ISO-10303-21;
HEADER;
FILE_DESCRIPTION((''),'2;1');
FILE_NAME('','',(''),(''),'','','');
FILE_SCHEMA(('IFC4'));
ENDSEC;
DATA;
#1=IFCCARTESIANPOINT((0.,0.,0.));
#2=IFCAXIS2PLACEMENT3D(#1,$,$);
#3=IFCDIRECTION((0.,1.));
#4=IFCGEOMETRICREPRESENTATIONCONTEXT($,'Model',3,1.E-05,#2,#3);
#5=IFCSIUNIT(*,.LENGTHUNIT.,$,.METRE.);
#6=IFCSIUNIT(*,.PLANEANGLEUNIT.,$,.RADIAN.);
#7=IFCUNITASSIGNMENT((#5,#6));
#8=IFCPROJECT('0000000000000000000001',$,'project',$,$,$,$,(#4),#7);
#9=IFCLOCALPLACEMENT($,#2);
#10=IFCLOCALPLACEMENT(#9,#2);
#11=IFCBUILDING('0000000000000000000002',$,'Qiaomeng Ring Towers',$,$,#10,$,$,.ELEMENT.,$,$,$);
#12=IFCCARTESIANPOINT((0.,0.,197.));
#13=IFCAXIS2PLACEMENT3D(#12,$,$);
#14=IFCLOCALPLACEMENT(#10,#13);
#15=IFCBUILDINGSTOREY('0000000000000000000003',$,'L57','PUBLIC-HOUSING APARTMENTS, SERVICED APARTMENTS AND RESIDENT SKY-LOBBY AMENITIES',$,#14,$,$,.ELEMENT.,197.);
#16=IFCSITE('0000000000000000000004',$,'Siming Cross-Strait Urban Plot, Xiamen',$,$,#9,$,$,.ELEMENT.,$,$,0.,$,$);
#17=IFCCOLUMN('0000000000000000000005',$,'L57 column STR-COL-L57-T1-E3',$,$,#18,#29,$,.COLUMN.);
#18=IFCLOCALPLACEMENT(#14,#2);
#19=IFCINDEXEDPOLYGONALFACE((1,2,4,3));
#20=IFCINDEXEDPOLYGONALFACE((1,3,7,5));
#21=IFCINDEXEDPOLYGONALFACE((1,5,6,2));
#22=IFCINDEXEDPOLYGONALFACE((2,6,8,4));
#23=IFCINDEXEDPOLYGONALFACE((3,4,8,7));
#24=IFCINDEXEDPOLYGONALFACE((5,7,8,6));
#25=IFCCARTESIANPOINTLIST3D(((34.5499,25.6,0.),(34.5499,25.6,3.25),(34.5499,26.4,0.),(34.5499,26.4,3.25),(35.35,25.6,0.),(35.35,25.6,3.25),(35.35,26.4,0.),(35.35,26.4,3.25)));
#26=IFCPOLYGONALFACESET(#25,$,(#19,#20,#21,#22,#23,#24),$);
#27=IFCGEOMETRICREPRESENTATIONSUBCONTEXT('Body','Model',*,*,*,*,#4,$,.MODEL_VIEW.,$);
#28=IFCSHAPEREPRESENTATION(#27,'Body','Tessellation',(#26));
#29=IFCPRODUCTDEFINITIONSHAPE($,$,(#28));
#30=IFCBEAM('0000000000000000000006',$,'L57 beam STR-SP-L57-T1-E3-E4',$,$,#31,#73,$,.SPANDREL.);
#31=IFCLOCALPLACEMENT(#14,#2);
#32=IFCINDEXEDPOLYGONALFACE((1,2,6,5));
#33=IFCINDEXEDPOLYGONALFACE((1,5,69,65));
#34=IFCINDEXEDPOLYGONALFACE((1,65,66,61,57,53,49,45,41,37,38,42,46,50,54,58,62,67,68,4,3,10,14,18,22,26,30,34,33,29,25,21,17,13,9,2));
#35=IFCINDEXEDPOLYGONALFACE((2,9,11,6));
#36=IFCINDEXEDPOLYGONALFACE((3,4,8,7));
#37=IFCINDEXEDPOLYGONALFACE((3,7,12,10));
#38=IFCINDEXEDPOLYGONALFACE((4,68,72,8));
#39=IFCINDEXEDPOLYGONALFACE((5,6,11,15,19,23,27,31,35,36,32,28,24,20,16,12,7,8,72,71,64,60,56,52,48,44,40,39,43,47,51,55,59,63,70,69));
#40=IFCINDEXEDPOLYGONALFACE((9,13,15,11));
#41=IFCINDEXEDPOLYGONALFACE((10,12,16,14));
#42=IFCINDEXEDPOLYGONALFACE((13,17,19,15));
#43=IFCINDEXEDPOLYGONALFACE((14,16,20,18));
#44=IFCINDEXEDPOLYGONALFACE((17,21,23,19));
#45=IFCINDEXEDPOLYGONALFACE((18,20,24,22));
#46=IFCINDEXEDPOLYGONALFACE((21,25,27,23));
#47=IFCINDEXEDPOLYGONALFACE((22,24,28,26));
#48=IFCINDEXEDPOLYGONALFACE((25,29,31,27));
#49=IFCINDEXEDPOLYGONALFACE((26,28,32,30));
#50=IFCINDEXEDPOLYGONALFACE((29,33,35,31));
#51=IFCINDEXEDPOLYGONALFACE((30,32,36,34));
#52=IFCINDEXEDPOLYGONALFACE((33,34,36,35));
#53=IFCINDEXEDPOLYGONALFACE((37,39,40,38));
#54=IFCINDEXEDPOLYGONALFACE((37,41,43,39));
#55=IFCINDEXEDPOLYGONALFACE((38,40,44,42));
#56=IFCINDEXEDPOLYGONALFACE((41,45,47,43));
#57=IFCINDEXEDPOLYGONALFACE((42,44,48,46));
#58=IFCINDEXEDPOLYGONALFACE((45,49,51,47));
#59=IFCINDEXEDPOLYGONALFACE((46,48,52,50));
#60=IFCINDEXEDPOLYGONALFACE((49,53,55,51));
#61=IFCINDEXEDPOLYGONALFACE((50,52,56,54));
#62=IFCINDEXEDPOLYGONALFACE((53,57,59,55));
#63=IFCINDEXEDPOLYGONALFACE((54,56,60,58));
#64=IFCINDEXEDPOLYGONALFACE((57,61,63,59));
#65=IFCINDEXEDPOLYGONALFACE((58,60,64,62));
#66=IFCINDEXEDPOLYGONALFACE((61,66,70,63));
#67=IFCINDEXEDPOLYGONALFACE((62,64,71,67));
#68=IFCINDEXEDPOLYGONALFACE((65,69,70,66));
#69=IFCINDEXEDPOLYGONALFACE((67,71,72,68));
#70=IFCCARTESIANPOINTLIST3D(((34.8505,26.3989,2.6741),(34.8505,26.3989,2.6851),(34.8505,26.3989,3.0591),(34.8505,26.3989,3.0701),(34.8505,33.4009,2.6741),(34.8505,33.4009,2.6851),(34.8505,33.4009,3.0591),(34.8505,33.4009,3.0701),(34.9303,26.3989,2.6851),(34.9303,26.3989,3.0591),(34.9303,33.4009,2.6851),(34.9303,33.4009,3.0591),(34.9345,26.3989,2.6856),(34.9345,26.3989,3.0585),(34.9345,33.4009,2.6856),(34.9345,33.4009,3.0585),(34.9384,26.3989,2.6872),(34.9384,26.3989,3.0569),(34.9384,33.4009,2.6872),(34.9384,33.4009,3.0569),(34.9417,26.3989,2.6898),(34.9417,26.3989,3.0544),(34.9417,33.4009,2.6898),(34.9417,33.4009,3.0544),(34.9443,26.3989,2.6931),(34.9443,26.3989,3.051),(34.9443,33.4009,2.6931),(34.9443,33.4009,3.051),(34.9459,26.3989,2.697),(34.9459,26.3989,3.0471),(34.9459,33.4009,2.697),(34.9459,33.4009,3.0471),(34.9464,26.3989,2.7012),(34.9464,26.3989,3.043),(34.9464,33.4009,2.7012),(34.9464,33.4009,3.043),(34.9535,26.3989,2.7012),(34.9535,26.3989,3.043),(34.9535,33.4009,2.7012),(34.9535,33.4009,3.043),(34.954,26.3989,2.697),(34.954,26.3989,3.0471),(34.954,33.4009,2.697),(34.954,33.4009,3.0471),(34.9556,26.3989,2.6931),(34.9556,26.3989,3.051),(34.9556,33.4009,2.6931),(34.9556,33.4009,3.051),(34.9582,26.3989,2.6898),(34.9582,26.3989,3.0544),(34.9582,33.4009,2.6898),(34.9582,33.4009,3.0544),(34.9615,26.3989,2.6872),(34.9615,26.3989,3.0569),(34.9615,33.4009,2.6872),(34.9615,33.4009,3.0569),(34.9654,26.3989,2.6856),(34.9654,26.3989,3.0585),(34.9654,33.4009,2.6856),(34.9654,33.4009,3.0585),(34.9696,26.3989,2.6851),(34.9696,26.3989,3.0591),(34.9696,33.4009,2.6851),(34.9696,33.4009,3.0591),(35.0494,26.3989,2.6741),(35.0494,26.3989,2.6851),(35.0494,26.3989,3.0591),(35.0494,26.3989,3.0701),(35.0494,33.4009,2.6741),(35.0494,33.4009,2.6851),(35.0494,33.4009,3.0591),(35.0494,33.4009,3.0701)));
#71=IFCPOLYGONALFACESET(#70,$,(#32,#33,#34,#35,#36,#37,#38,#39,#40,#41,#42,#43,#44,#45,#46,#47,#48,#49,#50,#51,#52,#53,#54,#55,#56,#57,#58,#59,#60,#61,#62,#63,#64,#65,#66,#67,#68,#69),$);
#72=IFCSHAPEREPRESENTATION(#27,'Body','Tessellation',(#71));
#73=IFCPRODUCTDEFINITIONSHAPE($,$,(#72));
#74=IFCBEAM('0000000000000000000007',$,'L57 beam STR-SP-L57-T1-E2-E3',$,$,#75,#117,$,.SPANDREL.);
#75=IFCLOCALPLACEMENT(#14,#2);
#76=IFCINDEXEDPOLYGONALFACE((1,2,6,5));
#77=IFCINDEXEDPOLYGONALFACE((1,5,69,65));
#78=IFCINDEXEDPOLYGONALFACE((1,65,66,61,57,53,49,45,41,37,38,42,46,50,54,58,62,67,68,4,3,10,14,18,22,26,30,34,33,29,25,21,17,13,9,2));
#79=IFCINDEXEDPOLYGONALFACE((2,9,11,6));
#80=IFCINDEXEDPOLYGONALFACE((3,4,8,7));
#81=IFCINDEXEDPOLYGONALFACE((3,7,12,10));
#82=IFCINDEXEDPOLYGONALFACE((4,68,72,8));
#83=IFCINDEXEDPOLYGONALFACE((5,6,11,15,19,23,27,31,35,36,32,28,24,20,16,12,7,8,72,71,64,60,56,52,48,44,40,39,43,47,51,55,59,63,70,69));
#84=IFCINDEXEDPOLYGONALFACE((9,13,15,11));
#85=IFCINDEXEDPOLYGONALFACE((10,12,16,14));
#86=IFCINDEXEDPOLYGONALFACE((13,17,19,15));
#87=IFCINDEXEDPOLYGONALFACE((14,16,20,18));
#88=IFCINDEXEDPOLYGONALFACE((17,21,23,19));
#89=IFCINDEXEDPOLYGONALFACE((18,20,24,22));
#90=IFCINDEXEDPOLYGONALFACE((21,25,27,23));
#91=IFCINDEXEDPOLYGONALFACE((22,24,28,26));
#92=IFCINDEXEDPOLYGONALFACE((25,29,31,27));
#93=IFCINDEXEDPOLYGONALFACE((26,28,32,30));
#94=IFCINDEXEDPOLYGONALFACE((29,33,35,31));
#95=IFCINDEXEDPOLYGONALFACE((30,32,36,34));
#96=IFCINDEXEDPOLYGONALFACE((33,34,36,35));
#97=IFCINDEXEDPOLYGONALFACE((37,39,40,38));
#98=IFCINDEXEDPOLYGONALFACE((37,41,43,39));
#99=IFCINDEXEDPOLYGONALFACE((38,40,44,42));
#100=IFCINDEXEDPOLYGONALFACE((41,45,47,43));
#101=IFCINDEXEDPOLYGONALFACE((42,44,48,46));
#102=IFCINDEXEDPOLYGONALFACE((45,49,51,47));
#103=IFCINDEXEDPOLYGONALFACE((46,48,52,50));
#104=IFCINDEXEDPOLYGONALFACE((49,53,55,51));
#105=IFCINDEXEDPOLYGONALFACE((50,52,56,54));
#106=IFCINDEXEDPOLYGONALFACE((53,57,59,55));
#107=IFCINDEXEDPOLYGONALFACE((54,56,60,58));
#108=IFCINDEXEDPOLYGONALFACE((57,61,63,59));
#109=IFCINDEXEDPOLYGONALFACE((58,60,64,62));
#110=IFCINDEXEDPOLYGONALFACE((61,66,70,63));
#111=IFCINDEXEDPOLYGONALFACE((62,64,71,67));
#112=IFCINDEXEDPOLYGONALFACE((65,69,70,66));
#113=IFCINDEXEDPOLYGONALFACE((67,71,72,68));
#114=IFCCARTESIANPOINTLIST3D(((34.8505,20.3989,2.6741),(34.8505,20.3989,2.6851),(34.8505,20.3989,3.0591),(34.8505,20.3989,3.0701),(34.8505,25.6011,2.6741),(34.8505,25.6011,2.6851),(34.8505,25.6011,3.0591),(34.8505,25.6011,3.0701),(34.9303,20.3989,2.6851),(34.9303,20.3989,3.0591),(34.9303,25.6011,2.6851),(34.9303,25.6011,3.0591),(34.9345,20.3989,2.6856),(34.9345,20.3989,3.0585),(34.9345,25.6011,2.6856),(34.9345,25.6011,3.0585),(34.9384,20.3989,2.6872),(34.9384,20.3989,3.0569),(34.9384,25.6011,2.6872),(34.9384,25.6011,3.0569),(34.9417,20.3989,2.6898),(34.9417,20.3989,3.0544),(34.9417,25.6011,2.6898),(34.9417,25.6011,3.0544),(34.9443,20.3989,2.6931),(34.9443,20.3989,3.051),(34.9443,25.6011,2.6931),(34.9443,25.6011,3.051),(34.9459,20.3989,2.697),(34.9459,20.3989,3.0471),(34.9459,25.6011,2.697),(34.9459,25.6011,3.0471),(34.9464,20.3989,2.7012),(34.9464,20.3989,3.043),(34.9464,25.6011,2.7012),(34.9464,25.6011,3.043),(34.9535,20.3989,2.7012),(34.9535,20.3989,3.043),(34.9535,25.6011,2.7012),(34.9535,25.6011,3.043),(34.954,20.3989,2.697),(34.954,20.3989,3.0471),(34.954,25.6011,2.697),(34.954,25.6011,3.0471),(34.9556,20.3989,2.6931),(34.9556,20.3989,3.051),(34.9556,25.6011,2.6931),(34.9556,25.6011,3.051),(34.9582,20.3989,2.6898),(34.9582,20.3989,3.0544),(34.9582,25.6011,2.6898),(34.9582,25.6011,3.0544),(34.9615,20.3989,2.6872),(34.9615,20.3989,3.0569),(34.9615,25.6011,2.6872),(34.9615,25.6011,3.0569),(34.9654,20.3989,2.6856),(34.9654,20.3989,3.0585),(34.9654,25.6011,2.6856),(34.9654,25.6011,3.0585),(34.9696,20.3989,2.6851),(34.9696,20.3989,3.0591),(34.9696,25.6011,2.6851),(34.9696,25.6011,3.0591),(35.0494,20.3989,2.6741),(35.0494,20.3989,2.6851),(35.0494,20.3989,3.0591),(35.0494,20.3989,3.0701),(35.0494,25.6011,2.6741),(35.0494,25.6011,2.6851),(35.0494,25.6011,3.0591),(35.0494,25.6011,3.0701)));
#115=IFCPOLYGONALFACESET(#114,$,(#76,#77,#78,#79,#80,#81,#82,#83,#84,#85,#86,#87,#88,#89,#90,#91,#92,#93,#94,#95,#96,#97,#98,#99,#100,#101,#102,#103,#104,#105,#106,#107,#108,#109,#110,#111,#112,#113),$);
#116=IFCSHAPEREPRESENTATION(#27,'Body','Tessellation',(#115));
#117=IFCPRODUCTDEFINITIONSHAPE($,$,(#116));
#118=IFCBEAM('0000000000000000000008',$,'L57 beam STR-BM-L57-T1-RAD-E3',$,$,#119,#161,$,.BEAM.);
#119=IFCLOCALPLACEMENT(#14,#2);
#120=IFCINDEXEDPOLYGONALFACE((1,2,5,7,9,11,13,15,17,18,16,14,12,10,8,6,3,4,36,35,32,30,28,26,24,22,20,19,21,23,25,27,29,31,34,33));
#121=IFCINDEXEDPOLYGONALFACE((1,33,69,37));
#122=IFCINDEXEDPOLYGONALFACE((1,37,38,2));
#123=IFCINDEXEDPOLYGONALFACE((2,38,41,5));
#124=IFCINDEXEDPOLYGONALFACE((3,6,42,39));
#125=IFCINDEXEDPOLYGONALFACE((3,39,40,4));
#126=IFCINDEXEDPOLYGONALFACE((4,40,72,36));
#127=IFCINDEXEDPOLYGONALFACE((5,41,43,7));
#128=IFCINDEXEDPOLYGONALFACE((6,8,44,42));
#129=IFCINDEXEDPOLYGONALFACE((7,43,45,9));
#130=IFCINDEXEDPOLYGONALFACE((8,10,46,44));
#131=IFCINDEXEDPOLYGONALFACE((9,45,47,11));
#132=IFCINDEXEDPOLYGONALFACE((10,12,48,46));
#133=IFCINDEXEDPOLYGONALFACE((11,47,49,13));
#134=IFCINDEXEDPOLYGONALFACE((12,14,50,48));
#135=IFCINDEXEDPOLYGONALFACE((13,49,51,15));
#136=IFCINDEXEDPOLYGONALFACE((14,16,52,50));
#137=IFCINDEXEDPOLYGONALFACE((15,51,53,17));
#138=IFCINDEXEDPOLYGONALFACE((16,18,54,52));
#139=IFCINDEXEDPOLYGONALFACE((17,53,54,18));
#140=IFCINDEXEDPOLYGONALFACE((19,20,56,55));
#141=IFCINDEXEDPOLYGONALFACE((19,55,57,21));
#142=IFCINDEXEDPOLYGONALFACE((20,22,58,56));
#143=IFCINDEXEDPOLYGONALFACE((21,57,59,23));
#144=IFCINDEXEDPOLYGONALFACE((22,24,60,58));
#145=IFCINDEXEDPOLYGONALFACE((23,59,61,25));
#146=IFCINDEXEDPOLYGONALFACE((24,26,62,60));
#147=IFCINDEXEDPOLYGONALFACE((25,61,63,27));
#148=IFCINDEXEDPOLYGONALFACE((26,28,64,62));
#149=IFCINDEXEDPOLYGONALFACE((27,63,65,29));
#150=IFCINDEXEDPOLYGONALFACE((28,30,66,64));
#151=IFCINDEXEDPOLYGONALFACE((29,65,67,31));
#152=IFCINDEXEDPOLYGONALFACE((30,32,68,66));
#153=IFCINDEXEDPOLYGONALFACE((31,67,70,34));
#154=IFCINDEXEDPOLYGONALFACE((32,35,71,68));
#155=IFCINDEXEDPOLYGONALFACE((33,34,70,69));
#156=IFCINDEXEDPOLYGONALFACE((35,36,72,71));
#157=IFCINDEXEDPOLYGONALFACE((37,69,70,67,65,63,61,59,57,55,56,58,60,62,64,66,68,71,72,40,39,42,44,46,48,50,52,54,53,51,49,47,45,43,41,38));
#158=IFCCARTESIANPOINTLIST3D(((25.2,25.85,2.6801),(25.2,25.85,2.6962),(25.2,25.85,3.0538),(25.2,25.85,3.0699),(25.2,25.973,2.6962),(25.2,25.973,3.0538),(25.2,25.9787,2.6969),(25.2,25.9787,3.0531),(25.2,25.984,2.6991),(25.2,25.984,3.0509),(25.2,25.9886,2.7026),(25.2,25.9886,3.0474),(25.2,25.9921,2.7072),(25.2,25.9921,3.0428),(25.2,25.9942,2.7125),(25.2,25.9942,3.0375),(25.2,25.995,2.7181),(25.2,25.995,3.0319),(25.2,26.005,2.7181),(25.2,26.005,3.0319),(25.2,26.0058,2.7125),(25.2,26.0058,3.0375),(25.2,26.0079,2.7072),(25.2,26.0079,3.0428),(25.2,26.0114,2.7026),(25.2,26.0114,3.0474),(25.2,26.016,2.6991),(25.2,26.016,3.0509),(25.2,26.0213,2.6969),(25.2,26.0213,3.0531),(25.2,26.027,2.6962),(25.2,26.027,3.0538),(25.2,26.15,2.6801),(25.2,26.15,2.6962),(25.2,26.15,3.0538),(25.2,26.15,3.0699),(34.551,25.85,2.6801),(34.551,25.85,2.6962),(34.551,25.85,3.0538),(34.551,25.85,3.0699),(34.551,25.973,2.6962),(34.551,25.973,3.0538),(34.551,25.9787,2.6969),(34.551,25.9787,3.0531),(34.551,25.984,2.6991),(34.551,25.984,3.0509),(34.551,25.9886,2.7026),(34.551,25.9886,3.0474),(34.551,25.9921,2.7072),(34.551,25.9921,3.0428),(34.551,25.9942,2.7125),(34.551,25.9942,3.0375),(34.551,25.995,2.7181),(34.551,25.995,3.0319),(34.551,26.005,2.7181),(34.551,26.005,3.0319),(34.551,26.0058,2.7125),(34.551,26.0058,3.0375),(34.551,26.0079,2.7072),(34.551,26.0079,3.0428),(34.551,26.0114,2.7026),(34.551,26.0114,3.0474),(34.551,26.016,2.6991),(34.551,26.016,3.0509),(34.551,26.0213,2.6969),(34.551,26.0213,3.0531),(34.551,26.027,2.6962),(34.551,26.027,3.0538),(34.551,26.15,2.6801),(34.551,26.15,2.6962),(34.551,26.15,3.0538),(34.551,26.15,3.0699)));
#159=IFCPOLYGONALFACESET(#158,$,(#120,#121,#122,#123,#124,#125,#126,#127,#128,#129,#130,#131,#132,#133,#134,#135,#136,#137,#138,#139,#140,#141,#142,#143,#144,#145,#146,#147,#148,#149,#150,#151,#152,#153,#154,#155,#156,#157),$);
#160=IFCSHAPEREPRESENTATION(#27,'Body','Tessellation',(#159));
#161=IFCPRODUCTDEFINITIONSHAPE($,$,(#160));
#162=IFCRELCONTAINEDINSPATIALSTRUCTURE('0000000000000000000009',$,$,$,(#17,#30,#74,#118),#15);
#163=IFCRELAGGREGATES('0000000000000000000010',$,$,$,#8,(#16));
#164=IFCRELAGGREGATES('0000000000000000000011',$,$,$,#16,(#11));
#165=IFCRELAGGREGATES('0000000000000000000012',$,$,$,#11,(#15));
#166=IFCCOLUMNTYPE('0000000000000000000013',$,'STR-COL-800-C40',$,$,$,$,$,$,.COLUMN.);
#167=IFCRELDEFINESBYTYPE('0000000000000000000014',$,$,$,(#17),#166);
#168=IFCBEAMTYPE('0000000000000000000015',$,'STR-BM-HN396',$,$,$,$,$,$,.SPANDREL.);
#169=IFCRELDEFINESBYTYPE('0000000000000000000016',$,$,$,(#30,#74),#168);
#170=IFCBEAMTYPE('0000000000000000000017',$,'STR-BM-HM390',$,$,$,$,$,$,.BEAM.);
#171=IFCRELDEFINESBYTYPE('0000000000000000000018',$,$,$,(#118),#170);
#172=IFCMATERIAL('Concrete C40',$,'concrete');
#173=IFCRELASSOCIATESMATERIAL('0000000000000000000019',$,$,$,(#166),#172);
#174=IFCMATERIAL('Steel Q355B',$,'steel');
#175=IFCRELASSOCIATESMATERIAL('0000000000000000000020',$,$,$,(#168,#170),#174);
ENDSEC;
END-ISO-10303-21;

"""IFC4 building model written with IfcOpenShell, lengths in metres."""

from ifc_helpers import new_model, si_unit, direction, frame, origin, origin_2d, place, context, subcontext, project, spatial, rectangle, i_section, extrude, source, transform, mapped, material, material_profile, profile_set, type_object, element, save


model = new_model("IFC4")

# Units and contexts
model_context = context("Model", 3, precision=1e-05, world=origin(), true_north=direction((0.0, 1.0)))
body_context = subcontext(model_context, "Body", "Model", "MODEL_VIEW")
ifc_project = project(units=[si_unit("LENGTHUNIT", "METRE"), si_unit("PLANEANGLEUNIT", "RADIAN")], contexts=[model_context])

# Site, building, storey
site_placement = place(None, origin())
site = spatial("IfcSite", under=ifc_project, at=site_placement, Name="Siming Cross-Strait Urban Plot, Xiamen", CompositionType="ELEMENT", RefElevation=0.0)
building_placement = place(site_placement, origin())
building = spatial("IfcBuilding", under=site, at=building_placement, Name="Qiaomeng Ring Towers", CompositionType="ELEMENT")
storey_placement = place(building_placement, frame((0.0, 0.0, 197.0)))
storey = spatial("IfcBuildingStorey", under=building, at=storey_placement, Name="L57", Description="PUBLIC-HOUSING APARTMENTS, SERVICED APARTMENTS AND RESIDENT SKY-LOBBY AMENITIES", CompositionType="ELEMENT", Elevation=197.0)

# Column
ifc_material_1 = material(Name="Concrete C40", Category="concrete")
ifc_material_profile_1 = material_profile(ifc_material_1, rectangle(XDim=0.8, YDim=0.8, at=origin_2d()), Name="RC COL 800x800")
ifc_profile_set_1 = profile_set([ifc_material_profile_1], Name="Concrete C40")
column_type = type_object("IfcColumnType", Name="STR-COL-800-C40", PredefinedType="COLUMN", material=ifc_profile_set_1)
shared_shape_1 = source(origin(), body_context, "Body", "SweptSolid", [
    extrude(rectangle(XDim=0.8, YDim=0.8, at=origin_2d()), origin(), (0.0, 0.0, 1.0), 3.25),
])
column_placement = place(storey_placement, frame((34.95, 26.0, 0.0), z_axis=(0.0, 0.0, 1.0), x_axis=(1.0, 0.0, 0.0)))
element("IfcColumn", 1, at=column_placement, inside=storey, type_object=column_type, Name="L57 column STR-COL-L57-T1-E3", PredefinedType="COLUMN", context=body_context, shape_type="MappedRepresentation", body=[
    mapped(shared_shape_1, transform((0.0, 0.0, 0.0), x_axis=(1.0, 0.0, 0.0), y_axis=(0.0, 1.0, 0.0), z_axis=(0.0, 0.0, 1.0), scale=1.0)),
])

# Beams
ifc_material_2 = material(Name="Steel Q355B", Category="steel")
ifc_material_profile_2 = material_profile(ifc_material_2, i_section(OverallWidth=0.199, OverallDepth=0.396, WebThickness=0.0071, FlangeThickness=0.011, FilletRadius=0.0161, at=origin_2d()), Name="HN 396x199x7x11")
ifc_profile_set_2 = profile_set([ifc_material_profile_2], Name="Steel Q355B")
beam_type_1 = type_object("IfcBeamType", Name="STR-BM-HN396", PredefinedType="SPANDREL", material=ifc_profile_set_2)
shared_shape_2 = source(origin(), body_context, "Body", "SweptSolid", [
    extrude(i_section(OverallWidth=0.199, OverallDepth=0.396, WebThickness=0.0071, FlangeThickness=0.011, FilletRadius=0.0161, at=origin_2d()), origin(), (0.0, 0.0, 1.0), 7.002),
])
beam_1_placement = place(storey_placement, frame((34.95, 26.3989, 2.8721), z_axis=(0.0, 1.0, 0.0), x_axis=(-1.0, 0.0, 0.0)))
element("IfcBeam", 2, at=beam_1_placement, inside=storey, type_object=beam_type_1, Name="L57 beam STR-SP-L57-T1-E3-E4", PredefinedType="SPANDREL", context=body_context, shape_type="MappedRepresentation", body=[
    mapped(shared_shape_2, transform((0.0, 0.0, 0.0), x_axis=(1.0, 0.0, 0.0), y_axis=(0.0, 1.0, 0.0), z_axis=(0.0, 0.0, 1.0), scale=1.0)),
])
shared_shape_3 = source(origin(), body_context, "Body", "SweptSolid", [
    extrude(i_section(OverallWidth=0.199, OverallDepth=0.396, WebThickness=0.0071, FlangeThickness=0.011, FilletRadius=0.0161, at=origin_2d()), origin(), (0.0, 0.0, 1.0), 5.2021),
])
beam_2_placement = place(storey_placement, frame((34.95, 20.3989, 2.8721), z_axis=(0.0, 1.0, 0.0), x_axis=(-1.0, 0.0, 0.0)))
element("IfcBeam", 3, at=beam_2_placement, inside=storey, type_object=beam_type_1, Name="L57 beam STR-SP-L57-T1-E2-E3", PredefinedType="SPANDREL", context=body_context, shape_type="MappedRepresentation", body=[
    mapped(shared_shape_3, transform((0.0, 0.0, 0.0), x_axis=(1.0, 0.0, 0.0), y_axis=(0.0, 1.0, 0.0), z_axis=(0.0, 0.0, 1.0), scale=1.0)),
])
ifc_material_profile_3 = material_profile(ifc_material_2, i_section(OverallWidth=0.3, OverallDepth=0.3899, WebThickness=0.01, FlangeThickness=0.0161, FilletRadius=0.022, at=origin_2d()), Name="HM 390x300x10x16")
ifc_profile_set_3 = profile_set([ifc_material_profile_3], Name="Steel Q355B")
beam_type_2 = type_object("IfcBeamType", Name="STR-BM-HM390", PredefinedType="BEAM", material=ifc_profile_set_3)
shared_shape_4 = source(origin(), body_context, "Body", "SweptSolid", [
    extrude(i_section(OverallWidth=0.3, OverallDepth=0.3899, WebThickness=0.01, FlangeThickness=0.0161, FilletRadius=0.022, at=origin_2d()), origin(), (0.0, 0.0, 1.0), 9.3511),
])
beam_3_placement = place(storey_placement, frame((25.2, 26.0, 2.875), z_axis=(1.0, 0.0, 0.0), x_axis=(0.0, 1.0, 0.0)))
element("IfcBeam", 4, at=beam_3_placement, inside=storey, type_object=beam_type_2, Name="L57 beam STR-BM-L57-T1-RAD-E3", PredefinedType="BEAM", context=body_context, shape_type="MappedRepresentation", body=[
    mapped(shared_shape_4, transform((0.0, 0.0, 0.0), x_axis=(1.0, 0.0, 0.0), y_axis=(0.0, 1.0, 0.0), z_axis=(0.0, 0.0, 1.0), scale=1.0)),
])

save(model, "model.ifc")
